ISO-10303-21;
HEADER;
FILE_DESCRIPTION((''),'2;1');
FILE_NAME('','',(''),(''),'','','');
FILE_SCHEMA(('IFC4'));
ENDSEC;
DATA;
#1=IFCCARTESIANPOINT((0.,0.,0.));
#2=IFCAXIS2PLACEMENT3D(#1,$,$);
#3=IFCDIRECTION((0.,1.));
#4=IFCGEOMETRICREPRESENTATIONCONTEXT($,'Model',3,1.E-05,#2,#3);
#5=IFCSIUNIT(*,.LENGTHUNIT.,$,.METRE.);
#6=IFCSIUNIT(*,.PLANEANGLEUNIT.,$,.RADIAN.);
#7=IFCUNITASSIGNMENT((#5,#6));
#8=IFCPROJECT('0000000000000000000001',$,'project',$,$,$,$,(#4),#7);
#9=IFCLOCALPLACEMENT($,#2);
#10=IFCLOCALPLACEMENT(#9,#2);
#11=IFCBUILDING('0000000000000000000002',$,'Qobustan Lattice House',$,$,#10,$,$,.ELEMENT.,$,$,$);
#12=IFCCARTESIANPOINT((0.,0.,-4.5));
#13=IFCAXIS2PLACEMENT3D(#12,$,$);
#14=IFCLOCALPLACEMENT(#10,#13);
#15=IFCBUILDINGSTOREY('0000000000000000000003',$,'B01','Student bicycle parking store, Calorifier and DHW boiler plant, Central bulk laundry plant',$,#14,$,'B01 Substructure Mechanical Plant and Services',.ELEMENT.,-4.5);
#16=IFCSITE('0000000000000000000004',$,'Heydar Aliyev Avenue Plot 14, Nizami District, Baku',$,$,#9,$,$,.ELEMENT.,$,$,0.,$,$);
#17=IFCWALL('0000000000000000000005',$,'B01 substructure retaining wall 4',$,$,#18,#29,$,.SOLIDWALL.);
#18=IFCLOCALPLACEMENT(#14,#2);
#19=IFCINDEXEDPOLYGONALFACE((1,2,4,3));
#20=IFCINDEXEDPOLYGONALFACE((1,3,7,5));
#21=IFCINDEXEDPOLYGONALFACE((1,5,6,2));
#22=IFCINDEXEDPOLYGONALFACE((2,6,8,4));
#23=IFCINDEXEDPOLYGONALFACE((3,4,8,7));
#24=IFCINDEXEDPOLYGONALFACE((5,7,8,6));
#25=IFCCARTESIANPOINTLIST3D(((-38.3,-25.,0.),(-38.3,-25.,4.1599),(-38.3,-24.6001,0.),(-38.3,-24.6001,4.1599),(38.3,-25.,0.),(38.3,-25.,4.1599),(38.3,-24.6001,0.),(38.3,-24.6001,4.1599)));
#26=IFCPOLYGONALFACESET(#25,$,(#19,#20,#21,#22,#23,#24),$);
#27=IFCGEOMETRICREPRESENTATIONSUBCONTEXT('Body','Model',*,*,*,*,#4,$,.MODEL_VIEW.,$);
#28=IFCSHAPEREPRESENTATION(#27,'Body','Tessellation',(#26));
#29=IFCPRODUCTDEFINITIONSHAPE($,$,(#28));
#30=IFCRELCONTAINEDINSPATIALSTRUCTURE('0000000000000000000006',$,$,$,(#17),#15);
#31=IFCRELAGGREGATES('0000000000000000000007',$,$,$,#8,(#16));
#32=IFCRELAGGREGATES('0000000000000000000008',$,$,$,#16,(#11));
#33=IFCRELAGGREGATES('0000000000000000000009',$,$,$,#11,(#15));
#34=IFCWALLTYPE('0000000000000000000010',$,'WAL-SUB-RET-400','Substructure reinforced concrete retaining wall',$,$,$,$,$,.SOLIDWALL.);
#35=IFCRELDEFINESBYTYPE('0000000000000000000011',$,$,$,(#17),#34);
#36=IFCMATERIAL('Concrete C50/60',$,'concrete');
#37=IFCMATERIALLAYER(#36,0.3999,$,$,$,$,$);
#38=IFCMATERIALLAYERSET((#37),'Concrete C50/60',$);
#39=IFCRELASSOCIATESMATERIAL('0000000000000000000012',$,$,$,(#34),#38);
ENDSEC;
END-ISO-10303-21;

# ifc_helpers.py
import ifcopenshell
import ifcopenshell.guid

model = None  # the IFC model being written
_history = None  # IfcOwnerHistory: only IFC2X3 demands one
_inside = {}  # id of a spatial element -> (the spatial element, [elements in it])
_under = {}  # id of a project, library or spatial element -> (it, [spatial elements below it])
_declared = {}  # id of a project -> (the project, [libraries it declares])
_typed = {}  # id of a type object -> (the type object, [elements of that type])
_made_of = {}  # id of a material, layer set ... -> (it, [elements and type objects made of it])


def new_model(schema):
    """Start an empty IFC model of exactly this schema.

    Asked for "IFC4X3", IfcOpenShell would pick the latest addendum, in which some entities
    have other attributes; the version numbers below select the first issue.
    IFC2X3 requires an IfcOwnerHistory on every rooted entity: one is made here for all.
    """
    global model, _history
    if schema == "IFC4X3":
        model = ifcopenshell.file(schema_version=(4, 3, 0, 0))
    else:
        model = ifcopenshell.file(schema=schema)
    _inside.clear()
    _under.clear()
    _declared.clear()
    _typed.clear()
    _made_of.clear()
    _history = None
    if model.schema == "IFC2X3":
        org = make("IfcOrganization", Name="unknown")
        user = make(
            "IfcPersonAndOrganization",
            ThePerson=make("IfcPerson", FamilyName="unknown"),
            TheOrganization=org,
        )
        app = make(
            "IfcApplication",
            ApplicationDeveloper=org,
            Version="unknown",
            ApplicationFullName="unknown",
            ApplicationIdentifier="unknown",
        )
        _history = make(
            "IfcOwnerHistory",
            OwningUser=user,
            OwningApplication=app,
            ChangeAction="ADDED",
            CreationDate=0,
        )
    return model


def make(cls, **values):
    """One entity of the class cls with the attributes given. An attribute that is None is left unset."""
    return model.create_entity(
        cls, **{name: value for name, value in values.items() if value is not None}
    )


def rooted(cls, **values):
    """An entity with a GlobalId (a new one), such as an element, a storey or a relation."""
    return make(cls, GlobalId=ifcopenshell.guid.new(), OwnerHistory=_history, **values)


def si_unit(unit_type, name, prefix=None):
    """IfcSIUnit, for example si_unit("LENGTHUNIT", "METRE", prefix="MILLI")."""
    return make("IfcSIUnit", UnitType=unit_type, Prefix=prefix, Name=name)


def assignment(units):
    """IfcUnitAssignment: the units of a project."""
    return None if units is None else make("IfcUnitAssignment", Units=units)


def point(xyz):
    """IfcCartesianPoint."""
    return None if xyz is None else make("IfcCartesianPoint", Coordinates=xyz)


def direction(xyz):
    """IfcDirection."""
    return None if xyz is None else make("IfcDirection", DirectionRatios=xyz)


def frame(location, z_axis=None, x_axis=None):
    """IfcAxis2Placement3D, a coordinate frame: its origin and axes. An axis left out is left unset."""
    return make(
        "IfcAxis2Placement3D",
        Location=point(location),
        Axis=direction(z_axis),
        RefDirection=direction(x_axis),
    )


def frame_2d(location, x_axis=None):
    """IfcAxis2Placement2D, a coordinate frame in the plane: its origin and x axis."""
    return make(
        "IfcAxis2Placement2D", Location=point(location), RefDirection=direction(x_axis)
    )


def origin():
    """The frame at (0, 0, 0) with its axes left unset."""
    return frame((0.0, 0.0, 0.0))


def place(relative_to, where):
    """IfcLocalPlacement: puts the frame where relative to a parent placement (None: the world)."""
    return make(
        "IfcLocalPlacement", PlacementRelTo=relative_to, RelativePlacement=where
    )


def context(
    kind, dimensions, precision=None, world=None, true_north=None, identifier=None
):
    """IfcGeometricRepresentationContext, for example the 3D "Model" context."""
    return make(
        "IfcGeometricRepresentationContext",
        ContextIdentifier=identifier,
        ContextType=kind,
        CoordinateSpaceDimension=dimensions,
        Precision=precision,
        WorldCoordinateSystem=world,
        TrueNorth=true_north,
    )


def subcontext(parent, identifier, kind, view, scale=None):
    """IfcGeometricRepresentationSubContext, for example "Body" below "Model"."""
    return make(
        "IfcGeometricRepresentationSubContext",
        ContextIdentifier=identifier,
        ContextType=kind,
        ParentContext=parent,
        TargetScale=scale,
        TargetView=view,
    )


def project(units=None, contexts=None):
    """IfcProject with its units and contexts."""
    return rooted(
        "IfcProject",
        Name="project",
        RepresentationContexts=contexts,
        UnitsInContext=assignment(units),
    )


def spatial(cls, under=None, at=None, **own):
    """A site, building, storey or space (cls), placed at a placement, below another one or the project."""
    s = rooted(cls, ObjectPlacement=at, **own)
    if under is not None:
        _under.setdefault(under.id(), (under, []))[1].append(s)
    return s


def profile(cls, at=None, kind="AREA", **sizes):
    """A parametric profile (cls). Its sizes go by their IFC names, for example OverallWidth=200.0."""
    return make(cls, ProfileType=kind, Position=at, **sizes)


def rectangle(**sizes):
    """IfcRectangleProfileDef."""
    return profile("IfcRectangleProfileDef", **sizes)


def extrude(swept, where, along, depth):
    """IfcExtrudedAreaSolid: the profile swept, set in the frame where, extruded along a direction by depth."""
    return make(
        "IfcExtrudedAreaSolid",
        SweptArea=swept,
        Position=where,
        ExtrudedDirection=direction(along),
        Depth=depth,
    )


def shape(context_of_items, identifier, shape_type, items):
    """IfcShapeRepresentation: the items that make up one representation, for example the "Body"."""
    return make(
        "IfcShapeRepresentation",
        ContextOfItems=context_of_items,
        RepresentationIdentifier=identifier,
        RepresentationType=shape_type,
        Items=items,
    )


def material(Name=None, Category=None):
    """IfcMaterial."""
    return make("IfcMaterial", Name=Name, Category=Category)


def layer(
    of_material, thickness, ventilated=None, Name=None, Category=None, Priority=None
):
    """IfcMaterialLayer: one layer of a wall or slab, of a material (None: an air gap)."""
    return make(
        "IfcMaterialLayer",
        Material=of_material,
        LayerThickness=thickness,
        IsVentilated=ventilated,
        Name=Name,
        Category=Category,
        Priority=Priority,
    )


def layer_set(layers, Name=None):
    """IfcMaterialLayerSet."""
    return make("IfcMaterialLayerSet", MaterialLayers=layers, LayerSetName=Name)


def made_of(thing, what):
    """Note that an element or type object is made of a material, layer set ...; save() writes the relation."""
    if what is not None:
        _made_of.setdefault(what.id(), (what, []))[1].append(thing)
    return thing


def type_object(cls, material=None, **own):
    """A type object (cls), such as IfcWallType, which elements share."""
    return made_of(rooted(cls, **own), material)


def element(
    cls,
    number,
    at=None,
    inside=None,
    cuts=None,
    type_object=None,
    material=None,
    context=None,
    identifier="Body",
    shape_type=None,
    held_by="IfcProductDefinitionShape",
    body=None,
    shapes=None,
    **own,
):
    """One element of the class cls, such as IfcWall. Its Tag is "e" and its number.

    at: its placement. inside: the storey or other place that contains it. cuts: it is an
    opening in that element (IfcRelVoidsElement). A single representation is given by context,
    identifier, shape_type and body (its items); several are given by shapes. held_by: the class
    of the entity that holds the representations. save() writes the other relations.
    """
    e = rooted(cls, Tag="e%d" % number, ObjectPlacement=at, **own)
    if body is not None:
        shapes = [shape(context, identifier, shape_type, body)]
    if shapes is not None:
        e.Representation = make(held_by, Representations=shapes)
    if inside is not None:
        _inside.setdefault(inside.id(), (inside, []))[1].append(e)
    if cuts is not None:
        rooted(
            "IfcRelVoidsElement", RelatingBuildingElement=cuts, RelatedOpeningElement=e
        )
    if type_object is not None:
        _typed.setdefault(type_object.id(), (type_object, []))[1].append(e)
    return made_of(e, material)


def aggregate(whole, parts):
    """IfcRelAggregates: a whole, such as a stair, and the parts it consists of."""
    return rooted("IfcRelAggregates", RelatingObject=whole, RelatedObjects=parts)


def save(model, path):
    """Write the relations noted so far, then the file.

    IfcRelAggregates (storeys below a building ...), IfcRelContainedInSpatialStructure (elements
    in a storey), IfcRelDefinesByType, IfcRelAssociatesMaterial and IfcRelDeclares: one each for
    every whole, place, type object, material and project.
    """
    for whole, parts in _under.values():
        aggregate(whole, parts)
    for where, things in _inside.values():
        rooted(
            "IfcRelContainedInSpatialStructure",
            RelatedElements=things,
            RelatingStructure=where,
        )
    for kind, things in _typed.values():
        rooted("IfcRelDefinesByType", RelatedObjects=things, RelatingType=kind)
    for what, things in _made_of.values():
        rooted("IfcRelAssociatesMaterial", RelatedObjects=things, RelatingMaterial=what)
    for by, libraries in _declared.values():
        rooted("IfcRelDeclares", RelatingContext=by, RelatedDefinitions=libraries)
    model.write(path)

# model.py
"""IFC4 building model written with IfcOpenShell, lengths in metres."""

from ifc_helpers import new_model, si_unit, direction, frame, frame_2d, origin, place, context, subcontext, project, spatial, rectangle, extrude, material, layer, layer_set, type_object, element, save


model = new_model("IFC4")

# Units and contexts
model_context = context("Model", 3, precision=1e-05, world=origin(), true_north=direction((0.0, 1.0)))
body_context = subcontext(model_context, "Body", "Model", "MODEL_VIEW")
ifc_project = project(units=[si_unit("LENGTHUNIT", "METRE"), si_unit("PLANEANGLEUNIT", "RADIAN")], contexts=[model_context])

# Site, building, storey
site_placement = place(None, origin())
site = spatial("IfcSite", under=ifc_project, at=site_placement, Name="Heydar Aliyev Avenue Plot 14, Nizami District, Baku", CompositionType="ELEMENT", RefElevation=0.0)
building_placement = place(site_placement, origin())
building = spatial("IfcBuilding", under=site, at=building_placement, Name="Qobustan Lattice House", CompositionType="ELEMENT")
storey_placement = place(building_placement, frame((0.0, 0.0, -4.5)))
storey = spatial("IfcBuildingStorey", under=building, at=storey_placement, Name="B01", Description="Student bicycle parking store, Calorifier and DHW boiler plant, Central bulk laundry plant", LongName="B01 Substructure Mechanical Plant and Services", CompositionType="ELEMENT", Elevation=-4.5)

# Wall
ifc_material_1 = material(Name="Concrete C50/60", Category="concrete")
ifc_layer = layer(ifc_material_1, 0.3999)
ifc_layer_set = layer_set([ifc_layer], Name="Concrete C50/60")
wall_type = type_object("IfcWallType", Name="WAL-SUB-RET-400", Description="Substructure reinforced concrete retaining wall", PredefinedType="SOLIDWALL", material=ifc_layer_set)
wall_placement = place(storey_placement, frame((38.3, -24.8, 0.0), z_axis=(0.0, 0.0, 1.0), x_axis=(-1.0, 0.0, 0.0)))
element("IfcWall", 1, at=wall_placement, inside=storey, type_object=wall_type, Name="B01 substructure retaining wall 4", PredefinedType="SOLIDWALL", context=body_context, shape_type="SweptSolid", body=[
    extrude(rectangle(XDim=76.6001, YDim=0.3999, at=frame_2d((38.3, 0.0))), origin(), (0.0, 0.0, 1.0), 4.1599),
])

save(model, "model.ifc")
